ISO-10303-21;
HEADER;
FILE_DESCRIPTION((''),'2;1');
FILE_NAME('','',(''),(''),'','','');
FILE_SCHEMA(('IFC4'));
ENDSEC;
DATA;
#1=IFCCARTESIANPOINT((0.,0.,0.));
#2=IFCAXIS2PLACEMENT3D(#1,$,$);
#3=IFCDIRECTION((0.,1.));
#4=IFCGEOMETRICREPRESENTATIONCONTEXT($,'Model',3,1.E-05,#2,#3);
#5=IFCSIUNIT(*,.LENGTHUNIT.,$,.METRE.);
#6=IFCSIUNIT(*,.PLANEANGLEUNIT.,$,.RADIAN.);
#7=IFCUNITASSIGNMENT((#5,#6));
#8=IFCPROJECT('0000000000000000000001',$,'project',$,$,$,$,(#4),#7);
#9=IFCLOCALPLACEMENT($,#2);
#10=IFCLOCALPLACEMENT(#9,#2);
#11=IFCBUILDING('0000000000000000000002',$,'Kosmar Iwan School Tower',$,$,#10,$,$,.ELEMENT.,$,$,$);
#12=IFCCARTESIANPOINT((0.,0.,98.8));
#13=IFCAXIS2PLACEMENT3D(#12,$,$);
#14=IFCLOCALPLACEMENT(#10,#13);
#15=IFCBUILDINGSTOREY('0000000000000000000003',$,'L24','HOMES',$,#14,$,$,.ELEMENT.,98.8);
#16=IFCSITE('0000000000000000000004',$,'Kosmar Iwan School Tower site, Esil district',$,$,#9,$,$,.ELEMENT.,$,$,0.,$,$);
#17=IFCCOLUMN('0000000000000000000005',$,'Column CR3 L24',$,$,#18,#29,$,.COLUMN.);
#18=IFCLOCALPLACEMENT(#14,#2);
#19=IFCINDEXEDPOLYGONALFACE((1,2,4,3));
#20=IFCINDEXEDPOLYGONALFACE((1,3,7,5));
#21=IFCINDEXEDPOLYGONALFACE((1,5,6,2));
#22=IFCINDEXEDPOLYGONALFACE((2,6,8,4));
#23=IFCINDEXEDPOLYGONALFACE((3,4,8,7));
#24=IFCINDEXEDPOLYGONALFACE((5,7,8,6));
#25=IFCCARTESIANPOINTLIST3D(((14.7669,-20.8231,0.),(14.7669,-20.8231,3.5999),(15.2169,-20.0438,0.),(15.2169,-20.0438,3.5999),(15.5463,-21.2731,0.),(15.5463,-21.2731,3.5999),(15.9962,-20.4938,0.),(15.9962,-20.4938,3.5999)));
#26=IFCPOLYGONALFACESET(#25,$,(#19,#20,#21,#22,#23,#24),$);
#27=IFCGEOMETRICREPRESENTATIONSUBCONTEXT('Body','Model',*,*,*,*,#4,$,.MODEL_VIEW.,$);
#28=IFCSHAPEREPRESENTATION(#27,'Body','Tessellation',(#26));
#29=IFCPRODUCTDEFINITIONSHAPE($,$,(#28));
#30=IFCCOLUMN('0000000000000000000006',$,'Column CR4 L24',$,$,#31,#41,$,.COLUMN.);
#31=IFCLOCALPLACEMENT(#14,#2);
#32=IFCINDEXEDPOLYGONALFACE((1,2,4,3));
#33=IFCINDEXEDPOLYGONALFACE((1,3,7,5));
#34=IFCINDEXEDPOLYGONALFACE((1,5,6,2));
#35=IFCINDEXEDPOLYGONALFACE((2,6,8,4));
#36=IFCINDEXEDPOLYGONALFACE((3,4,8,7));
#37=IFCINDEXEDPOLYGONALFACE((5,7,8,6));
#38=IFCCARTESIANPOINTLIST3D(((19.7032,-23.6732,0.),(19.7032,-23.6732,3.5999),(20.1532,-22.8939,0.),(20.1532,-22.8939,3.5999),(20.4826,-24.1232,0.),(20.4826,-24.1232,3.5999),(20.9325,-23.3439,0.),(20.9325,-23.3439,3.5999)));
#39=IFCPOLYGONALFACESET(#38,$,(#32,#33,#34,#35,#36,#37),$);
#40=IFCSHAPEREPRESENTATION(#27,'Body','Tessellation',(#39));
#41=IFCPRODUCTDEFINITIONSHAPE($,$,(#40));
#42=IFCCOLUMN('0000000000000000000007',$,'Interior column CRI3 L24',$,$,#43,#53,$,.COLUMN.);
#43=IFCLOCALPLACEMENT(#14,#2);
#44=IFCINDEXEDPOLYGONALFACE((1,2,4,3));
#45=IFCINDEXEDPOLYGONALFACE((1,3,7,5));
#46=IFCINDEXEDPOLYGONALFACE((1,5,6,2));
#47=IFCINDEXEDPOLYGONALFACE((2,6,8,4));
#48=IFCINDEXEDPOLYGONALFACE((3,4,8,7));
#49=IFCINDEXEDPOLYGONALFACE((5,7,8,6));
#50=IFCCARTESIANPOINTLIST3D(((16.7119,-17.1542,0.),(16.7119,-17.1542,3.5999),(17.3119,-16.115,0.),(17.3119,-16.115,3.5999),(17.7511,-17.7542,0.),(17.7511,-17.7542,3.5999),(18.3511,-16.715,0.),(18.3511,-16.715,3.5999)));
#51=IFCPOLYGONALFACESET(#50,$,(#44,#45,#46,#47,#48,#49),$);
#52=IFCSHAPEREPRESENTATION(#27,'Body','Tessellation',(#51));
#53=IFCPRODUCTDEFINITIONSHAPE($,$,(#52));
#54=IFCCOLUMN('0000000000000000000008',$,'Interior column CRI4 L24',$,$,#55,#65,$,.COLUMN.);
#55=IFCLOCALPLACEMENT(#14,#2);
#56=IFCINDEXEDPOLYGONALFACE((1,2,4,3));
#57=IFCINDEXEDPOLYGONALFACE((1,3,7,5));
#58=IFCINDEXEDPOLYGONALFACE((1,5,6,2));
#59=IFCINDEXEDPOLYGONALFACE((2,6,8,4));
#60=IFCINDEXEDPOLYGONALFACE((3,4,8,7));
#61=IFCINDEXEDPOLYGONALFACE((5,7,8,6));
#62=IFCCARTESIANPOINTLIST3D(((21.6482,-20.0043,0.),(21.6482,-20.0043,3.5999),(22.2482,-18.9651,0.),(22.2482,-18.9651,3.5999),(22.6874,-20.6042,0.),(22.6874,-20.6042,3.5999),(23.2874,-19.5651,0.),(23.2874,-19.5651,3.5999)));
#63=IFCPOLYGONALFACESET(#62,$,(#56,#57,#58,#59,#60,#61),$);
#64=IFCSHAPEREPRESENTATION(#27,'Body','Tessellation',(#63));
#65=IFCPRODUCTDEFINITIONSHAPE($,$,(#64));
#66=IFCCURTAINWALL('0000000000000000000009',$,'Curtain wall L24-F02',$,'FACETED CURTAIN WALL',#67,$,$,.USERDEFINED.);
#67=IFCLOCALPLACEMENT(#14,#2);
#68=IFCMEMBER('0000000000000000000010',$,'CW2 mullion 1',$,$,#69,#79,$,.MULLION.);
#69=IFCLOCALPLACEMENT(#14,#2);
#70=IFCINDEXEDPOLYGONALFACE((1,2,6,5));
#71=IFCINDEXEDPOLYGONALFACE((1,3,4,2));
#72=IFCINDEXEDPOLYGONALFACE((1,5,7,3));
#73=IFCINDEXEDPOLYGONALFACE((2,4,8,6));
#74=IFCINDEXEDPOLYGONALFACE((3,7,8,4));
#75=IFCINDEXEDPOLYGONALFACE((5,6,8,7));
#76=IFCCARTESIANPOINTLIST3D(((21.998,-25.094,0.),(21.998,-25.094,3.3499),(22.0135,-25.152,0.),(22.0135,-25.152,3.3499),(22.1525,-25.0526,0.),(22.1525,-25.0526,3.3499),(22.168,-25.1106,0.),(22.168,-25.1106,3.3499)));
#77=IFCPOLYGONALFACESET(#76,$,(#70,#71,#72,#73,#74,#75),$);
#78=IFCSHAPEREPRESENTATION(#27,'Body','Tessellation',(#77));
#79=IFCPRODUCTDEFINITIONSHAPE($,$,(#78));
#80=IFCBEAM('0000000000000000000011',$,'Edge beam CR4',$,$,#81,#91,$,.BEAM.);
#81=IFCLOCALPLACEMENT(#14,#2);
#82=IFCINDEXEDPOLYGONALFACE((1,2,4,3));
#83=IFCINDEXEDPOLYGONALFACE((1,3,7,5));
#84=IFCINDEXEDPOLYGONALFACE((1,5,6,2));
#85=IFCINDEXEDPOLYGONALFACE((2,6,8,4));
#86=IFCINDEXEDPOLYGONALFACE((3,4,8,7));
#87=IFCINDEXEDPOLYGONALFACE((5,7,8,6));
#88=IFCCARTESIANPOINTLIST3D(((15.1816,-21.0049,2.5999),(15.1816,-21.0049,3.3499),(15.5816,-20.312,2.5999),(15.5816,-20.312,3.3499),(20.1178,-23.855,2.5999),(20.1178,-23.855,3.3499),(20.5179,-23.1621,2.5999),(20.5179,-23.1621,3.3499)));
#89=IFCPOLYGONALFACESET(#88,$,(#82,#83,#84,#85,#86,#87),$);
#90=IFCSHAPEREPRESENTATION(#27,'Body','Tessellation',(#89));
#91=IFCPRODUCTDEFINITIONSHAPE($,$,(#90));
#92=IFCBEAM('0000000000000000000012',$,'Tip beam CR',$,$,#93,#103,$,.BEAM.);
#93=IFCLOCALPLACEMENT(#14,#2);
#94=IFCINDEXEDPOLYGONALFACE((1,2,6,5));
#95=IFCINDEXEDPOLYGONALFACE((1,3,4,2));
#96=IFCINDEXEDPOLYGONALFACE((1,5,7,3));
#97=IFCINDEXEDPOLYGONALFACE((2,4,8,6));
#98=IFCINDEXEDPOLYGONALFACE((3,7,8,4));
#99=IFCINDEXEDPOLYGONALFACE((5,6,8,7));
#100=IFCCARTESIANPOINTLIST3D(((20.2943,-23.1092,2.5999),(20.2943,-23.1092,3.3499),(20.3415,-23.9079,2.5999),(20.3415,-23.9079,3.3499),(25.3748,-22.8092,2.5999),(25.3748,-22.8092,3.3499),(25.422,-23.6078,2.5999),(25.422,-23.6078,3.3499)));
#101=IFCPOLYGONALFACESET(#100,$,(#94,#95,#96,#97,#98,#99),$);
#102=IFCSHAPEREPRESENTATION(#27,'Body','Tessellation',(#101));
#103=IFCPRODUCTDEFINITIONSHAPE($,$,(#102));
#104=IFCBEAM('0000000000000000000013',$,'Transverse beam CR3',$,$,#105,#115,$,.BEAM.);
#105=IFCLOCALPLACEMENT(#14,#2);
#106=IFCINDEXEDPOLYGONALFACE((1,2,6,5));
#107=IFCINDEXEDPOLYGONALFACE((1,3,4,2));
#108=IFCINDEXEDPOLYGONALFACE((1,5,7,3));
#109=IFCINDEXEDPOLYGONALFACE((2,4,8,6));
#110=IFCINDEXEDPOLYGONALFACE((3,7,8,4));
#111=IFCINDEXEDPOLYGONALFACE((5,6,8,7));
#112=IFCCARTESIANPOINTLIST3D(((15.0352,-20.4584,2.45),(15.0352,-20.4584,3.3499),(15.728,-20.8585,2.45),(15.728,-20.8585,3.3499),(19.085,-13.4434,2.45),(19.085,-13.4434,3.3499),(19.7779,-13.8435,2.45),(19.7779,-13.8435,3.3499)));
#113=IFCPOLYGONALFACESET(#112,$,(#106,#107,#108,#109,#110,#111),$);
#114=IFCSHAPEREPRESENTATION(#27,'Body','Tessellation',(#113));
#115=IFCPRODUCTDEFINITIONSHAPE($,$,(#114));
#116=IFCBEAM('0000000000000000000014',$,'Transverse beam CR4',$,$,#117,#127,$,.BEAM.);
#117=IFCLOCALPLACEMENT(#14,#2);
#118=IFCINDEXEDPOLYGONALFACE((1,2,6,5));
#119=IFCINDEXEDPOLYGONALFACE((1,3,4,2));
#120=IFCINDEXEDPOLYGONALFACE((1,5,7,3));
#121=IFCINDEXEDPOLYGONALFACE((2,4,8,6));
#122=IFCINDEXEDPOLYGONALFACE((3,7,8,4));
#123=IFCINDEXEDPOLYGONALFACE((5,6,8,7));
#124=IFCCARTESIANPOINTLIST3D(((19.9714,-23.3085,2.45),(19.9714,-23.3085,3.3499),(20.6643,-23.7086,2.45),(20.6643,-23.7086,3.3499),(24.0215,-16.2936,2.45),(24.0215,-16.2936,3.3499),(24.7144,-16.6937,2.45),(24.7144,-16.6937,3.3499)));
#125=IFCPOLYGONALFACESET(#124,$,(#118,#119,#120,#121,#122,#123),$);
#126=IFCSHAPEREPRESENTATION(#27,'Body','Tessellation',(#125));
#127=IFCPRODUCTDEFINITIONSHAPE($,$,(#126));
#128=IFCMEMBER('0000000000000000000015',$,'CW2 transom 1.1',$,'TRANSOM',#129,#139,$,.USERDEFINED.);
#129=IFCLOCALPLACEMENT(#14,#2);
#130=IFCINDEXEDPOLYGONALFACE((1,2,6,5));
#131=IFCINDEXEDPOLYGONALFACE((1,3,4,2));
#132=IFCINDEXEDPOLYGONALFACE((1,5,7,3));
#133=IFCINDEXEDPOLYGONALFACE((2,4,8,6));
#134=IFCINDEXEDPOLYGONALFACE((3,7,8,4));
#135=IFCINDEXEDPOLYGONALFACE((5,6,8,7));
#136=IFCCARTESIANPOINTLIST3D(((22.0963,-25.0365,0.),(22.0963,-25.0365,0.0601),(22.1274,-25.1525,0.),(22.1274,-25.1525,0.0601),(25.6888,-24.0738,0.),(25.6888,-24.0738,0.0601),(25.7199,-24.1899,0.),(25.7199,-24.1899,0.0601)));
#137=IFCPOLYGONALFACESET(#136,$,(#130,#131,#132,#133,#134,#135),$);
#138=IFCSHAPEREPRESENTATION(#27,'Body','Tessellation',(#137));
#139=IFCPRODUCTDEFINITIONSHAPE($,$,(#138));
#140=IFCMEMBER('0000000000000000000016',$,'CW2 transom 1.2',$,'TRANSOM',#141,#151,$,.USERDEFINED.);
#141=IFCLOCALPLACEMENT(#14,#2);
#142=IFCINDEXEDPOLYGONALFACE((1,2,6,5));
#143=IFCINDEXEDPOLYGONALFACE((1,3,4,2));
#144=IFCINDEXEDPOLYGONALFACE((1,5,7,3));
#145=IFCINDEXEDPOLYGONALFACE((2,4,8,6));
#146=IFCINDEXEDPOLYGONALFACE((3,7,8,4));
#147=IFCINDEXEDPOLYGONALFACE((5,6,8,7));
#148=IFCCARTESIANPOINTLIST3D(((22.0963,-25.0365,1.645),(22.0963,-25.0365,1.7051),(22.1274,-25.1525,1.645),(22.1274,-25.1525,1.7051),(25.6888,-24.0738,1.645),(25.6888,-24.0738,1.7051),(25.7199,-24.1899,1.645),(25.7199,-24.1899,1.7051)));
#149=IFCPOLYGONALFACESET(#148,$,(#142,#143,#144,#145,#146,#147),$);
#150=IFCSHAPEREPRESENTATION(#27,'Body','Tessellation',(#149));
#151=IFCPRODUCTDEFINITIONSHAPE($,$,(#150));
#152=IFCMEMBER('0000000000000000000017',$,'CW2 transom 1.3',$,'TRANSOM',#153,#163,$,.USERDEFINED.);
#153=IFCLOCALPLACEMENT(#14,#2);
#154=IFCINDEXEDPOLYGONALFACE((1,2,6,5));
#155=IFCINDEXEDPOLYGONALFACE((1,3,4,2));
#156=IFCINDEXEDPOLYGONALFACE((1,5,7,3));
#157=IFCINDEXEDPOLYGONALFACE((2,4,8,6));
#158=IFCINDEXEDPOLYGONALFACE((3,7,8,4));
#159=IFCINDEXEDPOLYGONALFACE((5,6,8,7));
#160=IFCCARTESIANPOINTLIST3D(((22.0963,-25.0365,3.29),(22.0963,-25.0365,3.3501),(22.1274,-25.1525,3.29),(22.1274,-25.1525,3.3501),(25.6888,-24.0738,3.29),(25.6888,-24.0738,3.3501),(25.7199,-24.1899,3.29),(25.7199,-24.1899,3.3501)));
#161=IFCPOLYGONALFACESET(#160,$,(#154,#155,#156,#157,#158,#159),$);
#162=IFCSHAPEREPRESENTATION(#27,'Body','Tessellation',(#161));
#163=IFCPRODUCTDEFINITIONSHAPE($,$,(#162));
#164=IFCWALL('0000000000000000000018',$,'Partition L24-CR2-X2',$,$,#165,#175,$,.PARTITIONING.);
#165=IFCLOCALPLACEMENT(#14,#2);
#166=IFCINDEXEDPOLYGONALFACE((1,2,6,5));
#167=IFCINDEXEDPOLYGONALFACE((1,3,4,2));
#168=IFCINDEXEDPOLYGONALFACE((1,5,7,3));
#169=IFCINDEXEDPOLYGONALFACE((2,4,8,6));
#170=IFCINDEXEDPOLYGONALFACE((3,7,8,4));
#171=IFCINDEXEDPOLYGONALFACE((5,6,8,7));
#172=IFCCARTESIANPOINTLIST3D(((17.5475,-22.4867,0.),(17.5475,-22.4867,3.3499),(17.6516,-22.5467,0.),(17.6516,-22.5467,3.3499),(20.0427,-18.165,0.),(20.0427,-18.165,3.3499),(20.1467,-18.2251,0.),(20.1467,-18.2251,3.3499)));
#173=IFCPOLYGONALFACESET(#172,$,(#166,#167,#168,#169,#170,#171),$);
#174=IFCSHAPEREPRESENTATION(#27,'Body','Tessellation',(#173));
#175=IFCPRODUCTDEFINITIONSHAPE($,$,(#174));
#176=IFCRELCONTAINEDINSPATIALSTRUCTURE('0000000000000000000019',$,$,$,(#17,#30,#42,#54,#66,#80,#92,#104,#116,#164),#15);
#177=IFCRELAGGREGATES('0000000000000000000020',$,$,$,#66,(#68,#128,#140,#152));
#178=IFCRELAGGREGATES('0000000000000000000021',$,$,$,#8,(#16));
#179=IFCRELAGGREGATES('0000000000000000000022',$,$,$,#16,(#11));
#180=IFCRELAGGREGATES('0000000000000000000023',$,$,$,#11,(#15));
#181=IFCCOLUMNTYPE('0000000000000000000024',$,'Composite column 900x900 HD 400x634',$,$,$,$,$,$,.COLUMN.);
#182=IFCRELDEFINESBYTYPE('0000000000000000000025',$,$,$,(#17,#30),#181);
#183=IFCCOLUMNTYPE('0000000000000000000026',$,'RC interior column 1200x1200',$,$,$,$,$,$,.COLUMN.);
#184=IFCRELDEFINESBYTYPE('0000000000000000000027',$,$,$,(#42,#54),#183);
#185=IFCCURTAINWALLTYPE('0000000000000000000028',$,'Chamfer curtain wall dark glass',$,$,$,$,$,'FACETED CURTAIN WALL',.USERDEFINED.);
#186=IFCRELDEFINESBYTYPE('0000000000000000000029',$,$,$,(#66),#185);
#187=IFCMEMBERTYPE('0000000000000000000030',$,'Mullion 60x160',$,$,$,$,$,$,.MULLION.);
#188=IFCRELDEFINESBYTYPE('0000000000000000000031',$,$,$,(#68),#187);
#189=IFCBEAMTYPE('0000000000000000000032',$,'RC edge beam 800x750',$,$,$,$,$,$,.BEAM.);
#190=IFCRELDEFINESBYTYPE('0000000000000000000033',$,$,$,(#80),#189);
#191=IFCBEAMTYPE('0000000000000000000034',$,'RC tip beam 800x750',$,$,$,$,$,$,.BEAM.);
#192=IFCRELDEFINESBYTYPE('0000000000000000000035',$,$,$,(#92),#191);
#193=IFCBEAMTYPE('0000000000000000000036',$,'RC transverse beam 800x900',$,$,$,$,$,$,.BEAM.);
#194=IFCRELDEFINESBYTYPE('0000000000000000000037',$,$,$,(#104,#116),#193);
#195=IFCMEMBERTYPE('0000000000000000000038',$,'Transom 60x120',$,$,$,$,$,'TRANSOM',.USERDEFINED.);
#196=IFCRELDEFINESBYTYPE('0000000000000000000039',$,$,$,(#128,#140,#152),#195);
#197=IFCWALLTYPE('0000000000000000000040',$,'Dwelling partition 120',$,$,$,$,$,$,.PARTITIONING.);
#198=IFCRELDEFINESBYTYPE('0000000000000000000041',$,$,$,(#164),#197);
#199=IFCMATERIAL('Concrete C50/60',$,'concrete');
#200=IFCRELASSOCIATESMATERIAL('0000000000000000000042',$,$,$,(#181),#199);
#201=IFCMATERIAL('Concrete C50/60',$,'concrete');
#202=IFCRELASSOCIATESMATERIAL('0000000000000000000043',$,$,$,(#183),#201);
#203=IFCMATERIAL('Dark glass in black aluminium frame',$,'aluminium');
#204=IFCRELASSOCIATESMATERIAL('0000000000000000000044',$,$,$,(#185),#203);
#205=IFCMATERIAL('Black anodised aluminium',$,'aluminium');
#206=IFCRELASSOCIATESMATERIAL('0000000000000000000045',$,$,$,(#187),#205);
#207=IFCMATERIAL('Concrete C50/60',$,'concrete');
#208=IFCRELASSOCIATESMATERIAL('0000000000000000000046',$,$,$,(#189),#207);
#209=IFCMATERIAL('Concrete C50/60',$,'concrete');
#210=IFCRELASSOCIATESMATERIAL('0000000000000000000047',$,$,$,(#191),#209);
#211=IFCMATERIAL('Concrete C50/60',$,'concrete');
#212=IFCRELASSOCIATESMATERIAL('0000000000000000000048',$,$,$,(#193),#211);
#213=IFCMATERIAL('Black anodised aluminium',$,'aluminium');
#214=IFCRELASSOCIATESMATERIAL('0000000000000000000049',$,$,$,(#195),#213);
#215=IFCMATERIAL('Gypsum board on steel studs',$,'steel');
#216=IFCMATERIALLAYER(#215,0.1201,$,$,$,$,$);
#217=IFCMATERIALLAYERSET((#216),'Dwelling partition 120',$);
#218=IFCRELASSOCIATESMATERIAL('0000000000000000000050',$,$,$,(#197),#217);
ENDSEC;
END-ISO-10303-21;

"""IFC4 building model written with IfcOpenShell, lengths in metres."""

from ifc_helpers import new_model, si_unit, direction, frame, frame_2d, origin, origin_2d, place, context, subcontext, project, spatial, rectangle, extrude, material, layer, layer_set, material_profile, profile_set, type_object, element, aggregate, save


model = new_model("IFC4")

# Units and contexts
model_context = context("Model", 3, precision=1e-05, world=origin(), true_north=direction((0.0, 1.0)))
body_context = subcontext(model_context, "Body", "Model", "MODEL_VIEW")
ifc_project = project(units=[si_unit("LENGTHUNIT", "METRE"), si_unit("PLANEANGLEUNIT", "RADIAN")], contexts=[model_context])

# Site, building, storey
site_placement = place(None, origin())
site = spatial("IfcSite", under=ifc_project, at=site_placement, Name="Kosmar Iwan School Tower site, Esil district", CompositionType="ELEMENT", RefElevation=0.0)
building_placement = place(site_placement, origin())
building = spatial("IfcBuilding", under=site, at=building_placement, Name="Kosmar Iwan School Tower", CompositionType="ELEMENT")
storey_placement = place(building_placement, frame((0.0, 0.0, 98.8)))
storey = spatial("IfcBuildingStorey", under=building, at=storey_placement, Name="L24", Description="HOMES", CompositionType="ELEMENT", Elevation=98.8)

# Columns
ifc_material_1 = material(Name="Concrete C50/60", Category="concrete")
ifc_material_profile_1 = material_profile(ifc_material_1, rectangle(XDim=0.8999, YDim=0.8999, at=origin_2d()), Name="RC 900x900 + HD 400x634")
ifc_profile_set_1 = profile_set([ifc_material_profile_1], Name="Concrete C50/60")
column_type_1 = type_object("IfcColumnType", Name="Composite column 900x900 HD 400x634", PredefinedType="COLUMN", material=ifc_profile_set_1)
for number, where, z_axis, x_axis, name in (
    (1, (15.3816, -20.6584, 0.0), (0.0, 0.0, 1.0), (0.866025, -0.5, 0.0), "Column CR3 L24"),
    (2, (20.3179, -23.5085, 0.0), (0.0, 0.0, 1.0), (0.866025, -0.5, 0.0), "Column CR4 L24"),
):
    element("IfcColumn", number, at=place(storey_placement, frame(where, z_axis=z_axis, x_axis=x_axis)), inside=storey, type_object=column_type_1, Name=name, PredefinedType="COLUMN", context=body_context, shape_type="SweptSolid", body=[
        extrude(rectangle(XDim=0.8999, YDim=0.8999, at=origin_2d()), origin(), (0.0, 0.0, 1.0), 3.5999),
    ])
ifc_material_2 = material(Name="Concrete C50/60", Category="concrete")
ifc_material_profile_2 = material_profile(ifc_material_2, rectangle(XDim=1.2, YDim=1.2, at=origin_2d()), Name="RC 1200x1200")
ifc_profile_set_2 = profile_set([ifc_material_profile_2], Name="Concrete C50/60")
column_type_2 = type_object("IfcColumnType", Name="RC interior column 1200x1200", PredefinedType="COLUMN", material=ifc_profile_set_2)
for number, where, z_axis, x_axis, name in (
    (3, (17.5315, -16.9346, 0.0), (0.0, 0.0, 1.0), (0.866025, -0.5, 0.0), "Interior column CRI3 L24"),
    (4, (22.4678, -19.7847, 0.0), (0.0, 0.0, 1.0), (0.866025, -0.5, 0.0), "Interior column CRI4 L24"),
):
    element("IfcColumn", number, at=place(storey_placement, frame(where, z_axis=z_axis, x_axis=x_axis)), inside=storey, type_object=column_type_2, Name=name, PredefinedType="COLUMN", context=body_context, shape_type="SweptSolid", body=[
        extrude(rectangle(XDim=1.2, YDim=1.2, at=origin_2d()), origin(), (0.0, 0.0, 1.0), 3.5999),
    ])

# Curtain wall, member
ifc_material_3 = material(Name="Dark glass in black aluminium frame", Category="aluminium")
curtain_wall_type = type_object("IfcCurtainWallType", Name="Chamfer curtain wall dark glass", ElementType="FACETED CURTAIN WALL", PredefinedType="USERDEFINED", material=ifc_material_3)
curtain_wall_placement = place(storey_placement, origin())
curtain_wall = element("IfcCurtainWall", 5, at=curtain_wall_placement, inside=storey, type_object=curtain_wall_type, Name="Curtain wall L24-F02", ObjectType="FACETED CURTAIN WALL", PredefinedType="USERDEFINED")
ifc_material_4 = material(Name="Black anodised aluminium", Category="aluminium")
ifc_material_profile_3 = material_profile(ifc_material_4, rectangle(XDim=0.0601, YDim=0.1599, at=origin_2d()), Name="MULLION 60x160")
ifc_profile_set_3 = profile_set([ifc_material_profile_3], Name="Black anodised aluminium")
member_type_1 = type_object("IfcMemberType", Name="Mullion 60x160", PredefinedType="MULLION", material=ifc_profile_set_3)
member_1_placement = place(storey_placement, frame((22.083, -25.1023, 0.0), z_axis=(0.0, 0.0, 1.0), x_axis=(-0.258819, 0.965926, 0.0)))
member_1 = element("IfcMember", 6, at=member_1_placement, type_object=member_type_1, Name="CW2 mullion 1", PredefinedType="MULLION", context=body_context, shape_type="SweptSolid", body=[
    extrude(rectangle(XDim=0.0601, YDim=0.1599, at=origin_2d()), origin(), (0.0, 0.0, 1.0), 3.3499),
])

# Beams
ifc_material_5 = material(Name="Concrete C50/60", Category="concrete")
ifc_material_profile_4 = material_profile(ifc_material_5, rectangle(XDim=0.8, YDim=0.75, at=origin_2d()), Name="RC 800x750")
ifc_profile_set_4 = profile_set([ifc_material_profile_4], Name="Concrete C50/60")
beam_type_1 = type_object("IfcBeamType", Name="RC edge beam 800x750", PredefinedType="BEAM", material=ifc_profile_set_4)
beam_1_placement = place(storey_placement, frame((15.3816, -20.6584, 2.9749), z_axis=(0.866015, -0.500018, 0.0), x_axis=(0.500018, 0.866015, 0.0)))
element("IfcBeam", 7, at=beam_1_placement, inside=storey, type_object=beam_type_1, Name="Edge beam CR4", PredefinedType="BEAM", context=body_context, shape_type="SweptSolid", body=[
    extrude(rectangle(XDim=0.8, YDim=0.75, at=origin_2d()), origin(), (0.0, 0.0, 1.0), 5.7),
])
ifc_material_6 = material(Name="Concrete C50/60", Category="concrete")
ifc_material_profile_5 = material_profile(ifc_material_6, rectangle(XDim=0.8, YDim=0.75, at=origin_2d()), Name="RC 800x750")
ifc_profile_set_5 = profile_set([ifc_material_profile_5], Name="Concrete C50/60")
beam_type_2 = type_object("IfcBeamType", Name="RC tip beam 800x750", PredefinedType="BEAM", material=ifc_profile_set_5)
beam_2_placement = place(storey_placement, frame((20.3179, -23.5085, 2.9749), z_axis=(0.998261, 0.058955, 0.0), x_axis=(-0.058955, 0.998261, 0.0)))
element("IfcBeam", 8, at=beam_2_placement, inside=storey, type_object=beam_type_2, Name="Tip beam CR", PredefinedType="BEAM", context=body_context, shape_type="SweptSolid", body=[
    extrude(rectangle(XDim=0.8, YDim=0.75, at=origin_2d()), origin(), (0.0, 0.0, 1.0), 5.0894),
])
ifc_material_7 = material(Name="Concrete C50/60", Category="concrete")
ifc_material_profile_6 = material_profile(ifc_material_7, rectangle(XDim=0.8, YDim=0.8999, at=origin_2d()), Name="RC 800x900")
ifc_profile_set_6 = profile_set([ifc_material_profile_6], Name="Concrete C50/60")
beam_type_3 = type_object("IfcBeamType", Name="RC transverse beam 800x900", PredefinedType="BEAM", material=ifc_profile_set_6)
for number, where, z_axis, x_axis, name in (
    (9, (15.3816, -20.6584, 2.8999), (0.499977, 0.866039, 0.0), (-0.866039, 0.499977, 0.0), "Transverse beam CR3"),
    (10, (20.3179, -23.5085, 2.8999), (0.5, 0.866025, 0.0), (-0.866025, 0.5, 0.0), "Transverse beam CR4"),
):
    element("IfcBeam", number, at=place(storey_placement, frame(where, z_axis=z_axis, x_axis=x_axis)), inside=storey, type_object=beam_type_3, Name=name, PredefinedType="BEAM", context=body_context, shape_type="SweptSolid", body=[
        extrude(rectangle(XDim=0.8, YDim=0.8999, at=origin_2d()), origin(), (0.0, 0.0, 1.0), 8.1001),
    ])

# Members
ifc_material_8 = material(Name="Black anodised aluminium", Category="aluminium")
ifc_material_profile_7 = material_profile(ifc_material_8, rectangle(XDim=0.1201, YDim=0.0601, at=origin_2d()), Name="TRANSOM 60x120")
ifc_profile_set_7 = profile_set([ifc_material_profile_7], Name="Black anodised aluminium")
member_type_2 = type_object("IfcMemberType", Name="Transom 60x120", ElementType="TRANSOM", PredefinedType="USERDEFINED", material=ifc_profile_set_7)
member_2_placement = place(storey_placement, frame((22.1118, -25.0945, 0.03), z_axis=(0.965924, 0.258827, 0.0), x_axis=(-0.258827, 0.965924, 0.0)))
member_2 = element("IfcMember", 11, at=member_2_placement, type_object=member_type_2, Name="CW2 transom 1.1", ObjectType="TRANSOM", PredefinedType="USERDEFINED", context=body_context, shape_type="SweptSolid", body=[
    extrude(rectangle(XDim=0.1201, YDim=0.0601, at=origin_2d()), origin(), (0.0, 0.0, 1.0), 3.7192),
])
member_3_placement = place(storey_placement, frame((22.1118, -25.0945, 1.675), z_axis=(0.965924, 0.258827, 0.0), x_axis=(-0.258827, 0.965924, 0.0)))
member_3 = element("IfcMember", 12, at=member_3_placement, type_object=member_type_2, Name="CW2 transom 1.2", ObjectType="TRANSOM", PredefinedType="USERDEFINED", context=body_context, shape_type="SweptSolid", body=[
    extrude(rectangle(XDim=0.1201, YDim=0.0601, at=origin_2d()), origin(), (0.0, 0.0, 1.0), 3.7192),
])
member_4_placement = place(storey_placement, frame((22.1118, -25.0945, 3.3201), z_axis=(0.965924, 0.258827, 0.0), x_axis=(-0.258827, 0.965924, 0.0)))
member_4 = element("IfcMember", 13, at=member_4_placement, type_object=member_type_2, Name="CW2 transom 1.3", ObjectType="TRANSOM", PredefinedType="USERDEFINED", context=body_context, shape_type="SweptSolid", body=[
    extrude(rectangle(XDim=0.1201, YDim=0.0601, at=origin_2d()), origin(), (0.0, 0.0, 1.0), 3.7192),
])
aggregate(curtain_wall, [member_1, member_2, member_3, member_4])

# Wall
ifc_material_9 = material(Name="Gypsum board on steel studs", Category="steel")
ifc_layer = layer(ifc_material_9, 0.1201)
ifc_layer_set = layer_set([ifc_layer], Name="Dwelling partition 120")
wall_type = type_object("IfcWallType", Name="Dwelling partition 120", PredefinedType="PARTITIONING", material=ifc_layer_set)
wall_1_placement = place(storey_placement, frame((20.0947, -18.1951, 0.0), z_axis=(0.0, 0.0, 1.0), x_axis=(-0.500012, -0.866019, 0.0)))
element("IfcWall", 14, at=wall_1_placement, inside=storey, type_object=wall_type, Name="Partition L24-CR2-X2", PredefinedType="PARTITIONING", context=body_context, shape_type="SweptSolid", body=[
    extrude(rectangle(XDim=4.9902, YDim=0.1201, at=frame_2d((2.4951, 0.0))), origin(), (0.0, 0.0, 1.0), 3.3499),
])

save(model, "model.ifc")
